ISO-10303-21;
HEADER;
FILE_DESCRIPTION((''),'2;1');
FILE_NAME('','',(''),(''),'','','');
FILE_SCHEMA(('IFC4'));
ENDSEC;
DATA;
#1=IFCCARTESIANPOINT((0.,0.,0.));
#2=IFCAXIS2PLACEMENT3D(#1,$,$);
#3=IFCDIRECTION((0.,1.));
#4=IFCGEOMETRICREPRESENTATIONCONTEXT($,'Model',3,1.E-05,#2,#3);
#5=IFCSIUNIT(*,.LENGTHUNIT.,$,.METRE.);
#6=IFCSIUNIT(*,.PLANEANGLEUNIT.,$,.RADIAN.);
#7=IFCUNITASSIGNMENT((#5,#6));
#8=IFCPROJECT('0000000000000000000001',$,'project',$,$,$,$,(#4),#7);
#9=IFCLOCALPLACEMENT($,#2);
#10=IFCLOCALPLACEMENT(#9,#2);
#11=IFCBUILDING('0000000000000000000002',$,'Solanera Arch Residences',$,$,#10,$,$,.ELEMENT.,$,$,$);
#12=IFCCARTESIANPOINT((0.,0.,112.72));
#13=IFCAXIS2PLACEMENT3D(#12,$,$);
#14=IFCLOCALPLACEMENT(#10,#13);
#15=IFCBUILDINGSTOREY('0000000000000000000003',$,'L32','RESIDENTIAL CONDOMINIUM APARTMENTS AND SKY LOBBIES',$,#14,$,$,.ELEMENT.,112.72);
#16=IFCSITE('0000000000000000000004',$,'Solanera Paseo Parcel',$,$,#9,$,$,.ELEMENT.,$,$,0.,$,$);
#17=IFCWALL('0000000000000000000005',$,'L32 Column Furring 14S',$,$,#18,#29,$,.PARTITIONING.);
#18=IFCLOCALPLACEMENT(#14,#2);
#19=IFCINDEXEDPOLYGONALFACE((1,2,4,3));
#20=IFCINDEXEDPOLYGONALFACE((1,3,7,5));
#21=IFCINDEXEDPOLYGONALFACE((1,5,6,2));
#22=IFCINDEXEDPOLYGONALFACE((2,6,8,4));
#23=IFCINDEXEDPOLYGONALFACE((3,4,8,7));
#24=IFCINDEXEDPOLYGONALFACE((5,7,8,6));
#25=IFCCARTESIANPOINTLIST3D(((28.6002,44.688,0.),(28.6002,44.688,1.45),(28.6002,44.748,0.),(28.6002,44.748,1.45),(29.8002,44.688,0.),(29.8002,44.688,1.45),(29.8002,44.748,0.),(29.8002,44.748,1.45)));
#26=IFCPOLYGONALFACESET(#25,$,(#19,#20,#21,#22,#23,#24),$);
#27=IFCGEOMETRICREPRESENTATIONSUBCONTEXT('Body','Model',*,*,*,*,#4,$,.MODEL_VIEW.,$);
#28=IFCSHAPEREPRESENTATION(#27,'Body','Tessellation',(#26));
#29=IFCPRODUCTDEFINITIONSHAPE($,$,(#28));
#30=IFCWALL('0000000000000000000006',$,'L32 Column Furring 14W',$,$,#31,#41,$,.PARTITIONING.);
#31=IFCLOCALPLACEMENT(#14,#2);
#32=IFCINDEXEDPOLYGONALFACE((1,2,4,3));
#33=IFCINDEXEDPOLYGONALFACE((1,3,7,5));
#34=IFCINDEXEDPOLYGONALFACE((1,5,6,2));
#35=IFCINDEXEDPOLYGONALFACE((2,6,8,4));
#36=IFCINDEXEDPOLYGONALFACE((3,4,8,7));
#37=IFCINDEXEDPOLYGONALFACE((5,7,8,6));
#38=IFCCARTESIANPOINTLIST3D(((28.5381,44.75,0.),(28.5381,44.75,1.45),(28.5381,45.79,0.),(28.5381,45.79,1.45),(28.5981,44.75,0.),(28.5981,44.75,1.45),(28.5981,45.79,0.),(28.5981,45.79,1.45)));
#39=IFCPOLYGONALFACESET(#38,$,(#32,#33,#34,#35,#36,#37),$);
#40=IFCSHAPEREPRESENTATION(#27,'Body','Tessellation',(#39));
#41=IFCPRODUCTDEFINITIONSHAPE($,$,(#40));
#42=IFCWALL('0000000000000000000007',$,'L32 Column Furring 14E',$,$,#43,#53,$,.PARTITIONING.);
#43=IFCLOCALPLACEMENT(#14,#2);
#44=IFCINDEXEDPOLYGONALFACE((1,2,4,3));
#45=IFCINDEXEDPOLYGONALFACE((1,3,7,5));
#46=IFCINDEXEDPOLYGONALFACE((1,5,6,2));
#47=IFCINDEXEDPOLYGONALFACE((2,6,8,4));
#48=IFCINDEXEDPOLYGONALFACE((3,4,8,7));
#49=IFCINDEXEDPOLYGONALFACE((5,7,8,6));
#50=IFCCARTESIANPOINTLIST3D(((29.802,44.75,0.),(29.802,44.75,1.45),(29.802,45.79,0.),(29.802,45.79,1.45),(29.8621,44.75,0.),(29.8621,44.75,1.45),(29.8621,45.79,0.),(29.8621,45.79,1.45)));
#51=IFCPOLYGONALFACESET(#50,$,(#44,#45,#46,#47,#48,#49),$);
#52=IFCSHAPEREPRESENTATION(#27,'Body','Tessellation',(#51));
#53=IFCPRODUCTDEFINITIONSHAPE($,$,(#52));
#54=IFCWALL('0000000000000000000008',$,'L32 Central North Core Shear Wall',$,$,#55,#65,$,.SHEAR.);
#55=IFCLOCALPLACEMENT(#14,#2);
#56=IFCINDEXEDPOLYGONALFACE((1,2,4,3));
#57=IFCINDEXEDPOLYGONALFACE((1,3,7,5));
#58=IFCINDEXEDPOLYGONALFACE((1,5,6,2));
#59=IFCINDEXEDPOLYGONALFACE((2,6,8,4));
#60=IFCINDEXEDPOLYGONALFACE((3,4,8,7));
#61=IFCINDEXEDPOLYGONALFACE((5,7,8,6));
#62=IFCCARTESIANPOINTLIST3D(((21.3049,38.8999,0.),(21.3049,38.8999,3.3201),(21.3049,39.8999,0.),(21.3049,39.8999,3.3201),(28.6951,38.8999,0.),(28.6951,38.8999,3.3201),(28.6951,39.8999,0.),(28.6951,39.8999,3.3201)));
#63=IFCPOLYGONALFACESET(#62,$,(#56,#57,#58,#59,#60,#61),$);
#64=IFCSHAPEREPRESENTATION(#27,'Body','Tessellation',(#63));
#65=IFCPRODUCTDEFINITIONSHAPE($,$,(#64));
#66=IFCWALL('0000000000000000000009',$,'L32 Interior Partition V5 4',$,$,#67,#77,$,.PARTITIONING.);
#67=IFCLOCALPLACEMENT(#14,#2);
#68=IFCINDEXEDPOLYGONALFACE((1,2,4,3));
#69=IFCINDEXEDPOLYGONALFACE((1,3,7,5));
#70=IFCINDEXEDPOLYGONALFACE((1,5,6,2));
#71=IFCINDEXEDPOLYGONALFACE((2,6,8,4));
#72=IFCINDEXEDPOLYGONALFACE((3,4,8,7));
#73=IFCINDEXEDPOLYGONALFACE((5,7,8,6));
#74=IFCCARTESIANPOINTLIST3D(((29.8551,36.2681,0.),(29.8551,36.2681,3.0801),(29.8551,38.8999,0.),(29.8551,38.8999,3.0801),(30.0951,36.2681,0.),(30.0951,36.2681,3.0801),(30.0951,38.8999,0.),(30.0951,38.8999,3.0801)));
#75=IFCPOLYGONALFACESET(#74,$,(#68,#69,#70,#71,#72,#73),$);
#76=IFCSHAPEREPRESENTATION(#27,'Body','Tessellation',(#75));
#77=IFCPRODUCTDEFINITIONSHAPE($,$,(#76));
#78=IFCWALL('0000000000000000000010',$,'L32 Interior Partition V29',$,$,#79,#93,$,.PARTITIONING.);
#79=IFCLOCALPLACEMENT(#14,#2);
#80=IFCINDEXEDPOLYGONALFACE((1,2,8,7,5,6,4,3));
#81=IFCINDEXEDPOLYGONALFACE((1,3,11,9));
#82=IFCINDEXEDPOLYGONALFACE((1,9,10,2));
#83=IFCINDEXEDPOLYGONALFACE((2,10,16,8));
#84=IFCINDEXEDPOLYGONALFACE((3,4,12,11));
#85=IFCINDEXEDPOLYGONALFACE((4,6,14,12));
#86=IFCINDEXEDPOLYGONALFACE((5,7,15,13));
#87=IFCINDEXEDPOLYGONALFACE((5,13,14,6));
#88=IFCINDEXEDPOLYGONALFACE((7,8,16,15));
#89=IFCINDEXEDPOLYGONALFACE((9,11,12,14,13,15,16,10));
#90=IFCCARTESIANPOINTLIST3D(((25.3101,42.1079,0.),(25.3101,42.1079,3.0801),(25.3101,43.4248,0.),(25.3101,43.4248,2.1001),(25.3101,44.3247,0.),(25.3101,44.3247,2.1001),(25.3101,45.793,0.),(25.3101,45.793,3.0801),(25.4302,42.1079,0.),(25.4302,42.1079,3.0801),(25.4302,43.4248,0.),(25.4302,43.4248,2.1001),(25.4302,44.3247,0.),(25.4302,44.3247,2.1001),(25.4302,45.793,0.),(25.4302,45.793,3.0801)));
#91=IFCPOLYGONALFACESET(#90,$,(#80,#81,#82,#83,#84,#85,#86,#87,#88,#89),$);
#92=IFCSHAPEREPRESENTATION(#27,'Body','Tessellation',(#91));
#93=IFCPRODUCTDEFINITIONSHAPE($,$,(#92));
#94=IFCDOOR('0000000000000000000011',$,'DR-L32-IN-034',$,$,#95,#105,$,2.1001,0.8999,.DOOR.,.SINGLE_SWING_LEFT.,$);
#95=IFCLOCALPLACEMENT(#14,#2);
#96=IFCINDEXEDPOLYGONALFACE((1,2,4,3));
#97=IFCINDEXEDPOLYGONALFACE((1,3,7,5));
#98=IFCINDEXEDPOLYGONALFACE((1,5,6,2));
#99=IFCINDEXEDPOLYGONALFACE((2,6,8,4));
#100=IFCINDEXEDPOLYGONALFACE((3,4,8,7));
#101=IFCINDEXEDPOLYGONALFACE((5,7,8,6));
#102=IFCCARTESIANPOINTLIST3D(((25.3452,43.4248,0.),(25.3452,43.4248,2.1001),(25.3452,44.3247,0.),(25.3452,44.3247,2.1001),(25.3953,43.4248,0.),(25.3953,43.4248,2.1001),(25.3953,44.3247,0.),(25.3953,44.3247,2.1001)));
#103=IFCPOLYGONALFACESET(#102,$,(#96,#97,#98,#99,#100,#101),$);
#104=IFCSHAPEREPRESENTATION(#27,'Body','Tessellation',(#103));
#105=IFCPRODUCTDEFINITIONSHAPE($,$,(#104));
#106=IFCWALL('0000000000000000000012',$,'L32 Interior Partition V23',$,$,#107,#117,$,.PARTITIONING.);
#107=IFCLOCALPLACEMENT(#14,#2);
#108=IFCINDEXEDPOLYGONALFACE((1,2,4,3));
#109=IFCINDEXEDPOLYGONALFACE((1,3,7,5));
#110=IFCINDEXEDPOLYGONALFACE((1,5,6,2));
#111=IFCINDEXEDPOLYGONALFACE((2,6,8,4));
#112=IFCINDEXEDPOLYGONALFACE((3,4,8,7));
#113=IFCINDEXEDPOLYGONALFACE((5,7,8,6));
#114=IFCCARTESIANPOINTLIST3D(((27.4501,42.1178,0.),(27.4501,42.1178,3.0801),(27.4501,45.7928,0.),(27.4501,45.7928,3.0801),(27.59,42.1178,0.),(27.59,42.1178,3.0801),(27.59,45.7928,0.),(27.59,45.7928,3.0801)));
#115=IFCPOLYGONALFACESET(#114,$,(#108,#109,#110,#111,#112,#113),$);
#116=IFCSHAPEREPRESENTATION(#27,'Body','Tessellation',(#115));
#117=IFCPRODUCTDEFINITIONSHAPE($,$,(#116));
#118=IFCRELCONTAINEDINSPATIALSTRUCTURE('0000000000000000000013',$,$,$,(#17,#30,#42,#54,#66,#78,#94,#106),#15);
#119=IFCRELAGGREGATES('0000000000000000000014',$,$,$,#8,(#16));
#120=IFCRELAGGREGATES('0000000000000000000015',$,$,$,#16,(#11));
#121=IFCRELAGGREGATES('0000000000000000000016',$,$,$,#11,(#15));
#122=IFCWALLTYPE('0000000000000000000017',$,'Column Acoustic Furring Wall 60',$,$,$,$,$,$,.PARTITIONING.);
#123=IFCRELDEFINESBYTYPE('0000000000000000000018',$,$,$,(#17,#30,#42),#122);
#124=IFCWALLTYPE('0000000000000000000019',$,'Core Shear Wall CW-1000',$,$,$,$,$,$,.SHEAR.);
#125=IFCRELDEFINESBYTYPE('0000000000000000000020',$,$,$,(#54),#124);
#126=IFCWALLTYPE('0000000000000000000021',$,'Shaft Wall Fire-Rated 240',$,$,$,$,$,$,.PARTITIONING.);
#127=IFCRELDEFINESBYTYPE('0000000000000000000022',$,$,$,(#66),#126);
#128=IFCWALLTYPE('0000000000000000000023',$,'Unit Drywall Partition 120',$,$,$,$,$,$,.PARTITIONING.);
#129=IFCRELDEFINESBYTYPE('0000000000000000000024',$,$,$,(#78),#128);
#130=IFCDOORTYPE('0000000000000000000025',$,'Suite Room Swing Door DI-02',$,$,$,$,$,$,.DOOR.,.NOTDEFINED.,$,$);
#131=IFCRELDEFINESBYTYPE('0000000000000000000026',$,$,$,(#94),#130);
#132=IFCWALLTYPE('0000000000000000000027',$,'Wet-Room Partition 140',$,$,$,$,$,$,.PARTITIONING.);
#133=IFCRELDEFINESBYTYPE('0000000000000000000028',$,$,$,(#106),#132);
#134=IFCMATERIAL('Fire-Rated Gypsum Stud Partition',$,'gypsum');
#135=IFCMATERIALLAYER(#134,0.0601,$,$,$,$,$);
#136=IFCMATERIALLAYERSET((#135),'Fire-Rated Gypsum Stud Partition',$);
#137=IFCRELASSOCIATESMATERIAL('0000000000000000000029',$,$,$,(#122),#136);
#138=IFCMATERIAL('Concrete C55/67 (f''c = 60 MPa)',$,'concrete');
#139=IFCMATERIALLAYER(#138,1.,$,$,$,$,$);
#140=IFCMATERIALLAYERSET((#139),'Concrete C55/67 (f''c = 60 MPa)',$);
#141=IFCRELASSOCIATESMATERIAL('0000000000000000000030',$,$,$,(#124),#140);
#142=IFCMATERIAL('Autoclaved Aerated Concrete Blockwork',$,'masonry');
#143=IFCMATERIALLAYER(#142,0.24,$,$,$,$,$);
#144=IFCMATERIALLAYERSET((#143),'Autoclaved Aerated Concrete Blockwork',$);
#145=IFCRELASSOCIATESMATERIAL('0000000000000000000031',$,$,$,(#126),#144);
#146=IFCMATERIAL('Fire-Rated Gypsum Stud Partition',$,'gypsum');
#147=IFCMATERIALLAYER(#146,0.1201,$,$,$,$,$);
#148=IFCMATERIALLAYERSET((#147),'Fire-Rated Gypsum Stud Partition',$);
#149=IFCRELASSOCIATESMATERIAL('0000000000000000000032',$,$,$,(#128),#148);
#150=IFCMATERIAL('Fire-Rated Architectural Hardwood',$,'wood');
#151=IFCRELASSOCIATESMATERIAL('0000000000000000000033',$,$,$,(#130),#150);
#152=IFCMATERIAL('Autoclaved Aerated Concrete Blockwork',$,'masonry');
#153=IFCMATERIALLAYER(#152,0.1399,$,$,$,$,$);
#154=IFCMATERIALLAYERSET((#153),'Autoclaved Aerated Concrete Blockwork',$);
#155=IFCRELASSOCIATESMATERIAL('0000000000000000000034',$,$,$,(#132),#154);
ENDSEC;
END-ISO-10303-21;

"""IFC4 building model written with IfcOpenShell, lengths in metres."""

from ifc_helpers import new_model, si_unit, direction, frame, frame_2d, origin, place, context, subcontext, project, spatial, rectangle, extrude, material, layer, layer_set, type_object, element, fill, save


model = new_model("IFC4")

# Units and contexts
model_context = context("Model", 3, precision=1e-05, world=origin(), true_north=direction((0.0, 1.0)))
body_context = subcontext(model_context, "Body", "Model", "MODEL_VIEW")
ifc_project = project(units=[si_unit("LENGTHUNIT", "METRE"), si_unit("PLANEANGLEUNIT", "RADIAN")], contexts=[model_context])

# Site, building, storey
site_placement = place(None, origin())
site = spatial("IfcSite", under=ifc_project, at=site_placement, Name="Solanera Paseo Parcel", CompositionType="ELEMENT", RefElevation=0.0)
building_placement = place(site_placement, origin())
building = spatial("IfcBuilding", under=site, at=building_placement, Name="Solanera Arch Residences", CompositionType="ELEMENT")
storey_placement = place(building_placement, frame((0.0, 0.0, 112.72)))
storey = spatial("IfcBuildingStorey", under=building, at=storey_placement, Name="L32", Description="RESIDENTIAL CONDOMINIUM APARTMENTS AND SKY LOBBIES", CompositionType="ELEMENT", Elevation=112.72)

# Walls
ifc_material_1 = material(Name="Fire-Rated Gypsum Stud Partition", Category="gypsum")
ifc_layer_1 = layer(ifc_material_1, 0.0601)
ifc_layer_set_1 = layer_set([ifc_layer_1], Name="Fire-Rated Gypsum Stud Partition")
wall_type_1 = type_object("IfcWallType", Name="Column Acoustic Furring Wall 60", PredefinedType="PARTITIONING", material=ifc_layer_set_1)
wall_1_placement = place(storey_placement, frame((28.6001, 44.718, 0.0), z_axis=(0.0, 0.0, 1.0), x_axis=(1.0, 0.0, 0.0)))
element("IfcWall", 1, at=wall_1_placement, inside=storey, type_object=wall_type_1, Name="L32 Column Furring 14S", PredefinedType="PARTITIONING", context=body_context, shape_type="SweptSolid", body=[
    extrude(rectangle(XDim=1.2, YDim=0.0601, at=frame_2d((0.6001, 0.0))), origin(), (0.0, 0.0, 1.0), 1.45),
])
for number, where, z_axis, x_axis, name in (
    (2, (28.5681, 44.75, 0.0), (0.0, 0.0, 1.0), (0.0, 1.0, 0.0), "L32 Column Furring 14W"),
    (3, (29.832, 44.75, 0.0), (0.0, 0.0, 1.0), (0.0, 1.0, 0.0), "L32 Column Furring 14E"),
):
    element("IfcWall", number, at=place(storey_placement, frame(where, z_axis=z_axis, x_axis=x_axis)), inside=storey, type_object=wall_type_1, Name=name, PredefinedType="PARTITIONING", context=body_context, shape_type="SweptSolid", body=[
        extrude(rectangle(XDim=1.04, YDim=0.0601, at=frame_2d((0.52, 0.0))), origin(), (0.0, 0.0, 1.0), 1.45),
    ])
ifc_material_2 = material(Name="Concrete C55/67 (f'c = 60 MPa)", Category="concrete")
ifc_layer_2 = layer(ifc_material_2, 1.0)
ifc_layer_set_2 = layer_set([ifc_layer_2], Name="Concrete C55/67 (f'c = 60 MPa)")
wall_type_2 = type_object("IfcWallType", Name="Core Shear Wall CW-1000", PredefinedType="SHEAR", material=ifc_layer_set_2)
wall_2_placement = place(storey_placement, frame((21.3049, 39.3999, 0.0), z_axis=(0.0, 0.0, 1.0), x_axis=(1.0, 0.0, 0.0)))
element("IfcWall", 4, at=wall_2_placement, inside=storey, type_object=wall_type_2, Name="L32 Central North Core Shear Wall", PredefinedType="SHEAR", context=body_context, shape_type="SweptSolid", body=[
    extrude(rectangle(XDim=7.3901, YDim=1.0, at=frame_2d((3.6951, 0.0))), origin(), (0.0, 0.0, 1.0), 3.3201),
])
ifc_material_3 = material(Name="Autoclaved Aerated Concrete Blockwork", Category="masonry")
ifc_layer_3 = layer(ifc_material_3, 0.24)
ifc_layer_set_3 = layer_set([ifc_layer_3], Name="Autoclaved Aerated Concrete Blockwork")
wall_type_3 = type_object("IfcWallType", Name="Shaft Wall Fire-Rated 240", PredefinedType="PARTITIONING", material=ifc_layer_set_3)
wall_3_placement = place(storey_placement, frame((29.9751, 36.2681, 0.0), z_axis=(0.0, 0.0, 1.0), x_axis=(0.0, 1.0, 0.0)))
element("IfcWall", 5, at=wall_3_placement, inside=storey, type_object=wall_type_3, Name="L32 Interior Partition V5 4", PredefinedType="PARTITIONING", context=body_context, shape_type="SweptSolid", body=[
    extrude(rectangle(XDim=2.6318, YDim=0.24, at=frame_2d((1.3159, 0.0))), origin(), (0.0, 0.0, 1.0), 3.0801),
])

# Wall, opening, door
ifc_material_4 = material(Name="Fire-Rated Gypsum Stud Partition", Category="gypsum")
ifc_layer_4 = layer(ifc_material_4, 0.1201)
ifc_layer_set_4 = layer_set([ifc_layer_4], Name="Fire-Rated Gypsum Stud Partition")
wall_type_4 = type_object("IfcWallType", Name="Unit Drywall Partition 120", PredefinedType="PARTITIONING", material=ifc_layer_set_4)
wall_4_placement = place(storey_placement, frame((25.3701, 42.1079, 0.0), z_axis=(0.0, 0.0, 1.0), x_axis=(0.0, 1.0, 0.0)))
wall_4 = element("IfcWall", 6, at=wall_4_placement, inside=storey, type_object=wall_type_4, Name="L32 Interior Partition V29", PredefinedType="PARTITIONING", context=body_context, shape_type="SweptSolid", body=[
    extrude(rectangle(XDim=3.6851, YDim=0.1201, at=frame_2d((1.8425, 0.0))), origin(), (0.0, 0.0, 1.0), 3.0801),
])
opening_placement = place(wall_4_placement, frame((1.3169, 0.0, 0.0)))
opening = element("IfcOpeningElement", 7, at=opening_placement, cuts=wall_4, PredefinedType="OPENING", context=body_context, shape_type="SweptSolid", body=[
    extrude(rectangle(XDim=0.8999, YDim=2.1001, at=frame_2d((0.45, 1.05))), frame((0.0, 0.0701, 0.0), z_axis=(0.0, -1.0, 0.0), x_axis=(1.0, 0.0, 0.0)), (0.0, 0.0, 1.0), 0.1401),
])
ifc_material_5 = material(Name="Fire-Rated Architectural Hardwood", Category="wood")
door_type = type_object("IfcDoorType", Name="Suite Room Swing Door DI-02", OperationType="NOTDEFINED", PredefinedType="DOOR", material=ifc_material_5)
door_placement = place(opening_placement, origin())
door = element("IfcDoor", 8, at=door_placement, inside=storey, type_object=door_type, Name="DR-L32-IN-034", OperationType="SINGLE_SWING_LEFT", OverallHeight=2.1001, OverallWidth=0.8999, PredefinedType="DOOR", context=body_context, shape_type="SweptSolid", body=[
    extrude(rectangle(XDim=0.8999, YDim=2.1001, at=frame_2d((0.45, 1.05))), frame((0.0, 0.0249, 0.0), z_axis=(0.0, -1.0, 0.0), x_axis=(1.0, 0.0, 0.0)), (0.0, 0.0, 1.0), 0.05),
])
fill(opening, door)

# Wall
ifc_material_6 = material(Name="Autoclaved Aerated Concrete Blockwork", Category="masonry")
ifc_layer_5 = layer(ifc_material_6, 0.1399)
ifc_layer_set_5 = layer_set([ifc_layer_5], Name="Autoclaved Aerated Concrete Blockwork")
wall_type_5 = type_object("IfcWallType", Name="Wet-Room Partition 140", PredefinedType="PARTITIONING", material=ifc_layer_set_5)
wall_5_placement = place(storey_placement, frame((27.52, 42.1179, 0.0), z_axis=(0.0, 0.0, 1.0), x_axis=(0.0, 1.0, 0.0)))
element("IfcWall", 9, at=wall_5_placement, inside=storey, type_object=wall_type_5, Name="L32 Interior Partition V23", PredefinedType="PARTITIONING", context=body_context, shape_type="SweptSolid", body=[
    extrude(rectangle(XDim=3.675, YDim=0.1399, at=frame_2d((1.8374, 0.0))), origin(), (0.0, 0.0, 1.0), 3.0801),
])

save(model, "model.ifc")
